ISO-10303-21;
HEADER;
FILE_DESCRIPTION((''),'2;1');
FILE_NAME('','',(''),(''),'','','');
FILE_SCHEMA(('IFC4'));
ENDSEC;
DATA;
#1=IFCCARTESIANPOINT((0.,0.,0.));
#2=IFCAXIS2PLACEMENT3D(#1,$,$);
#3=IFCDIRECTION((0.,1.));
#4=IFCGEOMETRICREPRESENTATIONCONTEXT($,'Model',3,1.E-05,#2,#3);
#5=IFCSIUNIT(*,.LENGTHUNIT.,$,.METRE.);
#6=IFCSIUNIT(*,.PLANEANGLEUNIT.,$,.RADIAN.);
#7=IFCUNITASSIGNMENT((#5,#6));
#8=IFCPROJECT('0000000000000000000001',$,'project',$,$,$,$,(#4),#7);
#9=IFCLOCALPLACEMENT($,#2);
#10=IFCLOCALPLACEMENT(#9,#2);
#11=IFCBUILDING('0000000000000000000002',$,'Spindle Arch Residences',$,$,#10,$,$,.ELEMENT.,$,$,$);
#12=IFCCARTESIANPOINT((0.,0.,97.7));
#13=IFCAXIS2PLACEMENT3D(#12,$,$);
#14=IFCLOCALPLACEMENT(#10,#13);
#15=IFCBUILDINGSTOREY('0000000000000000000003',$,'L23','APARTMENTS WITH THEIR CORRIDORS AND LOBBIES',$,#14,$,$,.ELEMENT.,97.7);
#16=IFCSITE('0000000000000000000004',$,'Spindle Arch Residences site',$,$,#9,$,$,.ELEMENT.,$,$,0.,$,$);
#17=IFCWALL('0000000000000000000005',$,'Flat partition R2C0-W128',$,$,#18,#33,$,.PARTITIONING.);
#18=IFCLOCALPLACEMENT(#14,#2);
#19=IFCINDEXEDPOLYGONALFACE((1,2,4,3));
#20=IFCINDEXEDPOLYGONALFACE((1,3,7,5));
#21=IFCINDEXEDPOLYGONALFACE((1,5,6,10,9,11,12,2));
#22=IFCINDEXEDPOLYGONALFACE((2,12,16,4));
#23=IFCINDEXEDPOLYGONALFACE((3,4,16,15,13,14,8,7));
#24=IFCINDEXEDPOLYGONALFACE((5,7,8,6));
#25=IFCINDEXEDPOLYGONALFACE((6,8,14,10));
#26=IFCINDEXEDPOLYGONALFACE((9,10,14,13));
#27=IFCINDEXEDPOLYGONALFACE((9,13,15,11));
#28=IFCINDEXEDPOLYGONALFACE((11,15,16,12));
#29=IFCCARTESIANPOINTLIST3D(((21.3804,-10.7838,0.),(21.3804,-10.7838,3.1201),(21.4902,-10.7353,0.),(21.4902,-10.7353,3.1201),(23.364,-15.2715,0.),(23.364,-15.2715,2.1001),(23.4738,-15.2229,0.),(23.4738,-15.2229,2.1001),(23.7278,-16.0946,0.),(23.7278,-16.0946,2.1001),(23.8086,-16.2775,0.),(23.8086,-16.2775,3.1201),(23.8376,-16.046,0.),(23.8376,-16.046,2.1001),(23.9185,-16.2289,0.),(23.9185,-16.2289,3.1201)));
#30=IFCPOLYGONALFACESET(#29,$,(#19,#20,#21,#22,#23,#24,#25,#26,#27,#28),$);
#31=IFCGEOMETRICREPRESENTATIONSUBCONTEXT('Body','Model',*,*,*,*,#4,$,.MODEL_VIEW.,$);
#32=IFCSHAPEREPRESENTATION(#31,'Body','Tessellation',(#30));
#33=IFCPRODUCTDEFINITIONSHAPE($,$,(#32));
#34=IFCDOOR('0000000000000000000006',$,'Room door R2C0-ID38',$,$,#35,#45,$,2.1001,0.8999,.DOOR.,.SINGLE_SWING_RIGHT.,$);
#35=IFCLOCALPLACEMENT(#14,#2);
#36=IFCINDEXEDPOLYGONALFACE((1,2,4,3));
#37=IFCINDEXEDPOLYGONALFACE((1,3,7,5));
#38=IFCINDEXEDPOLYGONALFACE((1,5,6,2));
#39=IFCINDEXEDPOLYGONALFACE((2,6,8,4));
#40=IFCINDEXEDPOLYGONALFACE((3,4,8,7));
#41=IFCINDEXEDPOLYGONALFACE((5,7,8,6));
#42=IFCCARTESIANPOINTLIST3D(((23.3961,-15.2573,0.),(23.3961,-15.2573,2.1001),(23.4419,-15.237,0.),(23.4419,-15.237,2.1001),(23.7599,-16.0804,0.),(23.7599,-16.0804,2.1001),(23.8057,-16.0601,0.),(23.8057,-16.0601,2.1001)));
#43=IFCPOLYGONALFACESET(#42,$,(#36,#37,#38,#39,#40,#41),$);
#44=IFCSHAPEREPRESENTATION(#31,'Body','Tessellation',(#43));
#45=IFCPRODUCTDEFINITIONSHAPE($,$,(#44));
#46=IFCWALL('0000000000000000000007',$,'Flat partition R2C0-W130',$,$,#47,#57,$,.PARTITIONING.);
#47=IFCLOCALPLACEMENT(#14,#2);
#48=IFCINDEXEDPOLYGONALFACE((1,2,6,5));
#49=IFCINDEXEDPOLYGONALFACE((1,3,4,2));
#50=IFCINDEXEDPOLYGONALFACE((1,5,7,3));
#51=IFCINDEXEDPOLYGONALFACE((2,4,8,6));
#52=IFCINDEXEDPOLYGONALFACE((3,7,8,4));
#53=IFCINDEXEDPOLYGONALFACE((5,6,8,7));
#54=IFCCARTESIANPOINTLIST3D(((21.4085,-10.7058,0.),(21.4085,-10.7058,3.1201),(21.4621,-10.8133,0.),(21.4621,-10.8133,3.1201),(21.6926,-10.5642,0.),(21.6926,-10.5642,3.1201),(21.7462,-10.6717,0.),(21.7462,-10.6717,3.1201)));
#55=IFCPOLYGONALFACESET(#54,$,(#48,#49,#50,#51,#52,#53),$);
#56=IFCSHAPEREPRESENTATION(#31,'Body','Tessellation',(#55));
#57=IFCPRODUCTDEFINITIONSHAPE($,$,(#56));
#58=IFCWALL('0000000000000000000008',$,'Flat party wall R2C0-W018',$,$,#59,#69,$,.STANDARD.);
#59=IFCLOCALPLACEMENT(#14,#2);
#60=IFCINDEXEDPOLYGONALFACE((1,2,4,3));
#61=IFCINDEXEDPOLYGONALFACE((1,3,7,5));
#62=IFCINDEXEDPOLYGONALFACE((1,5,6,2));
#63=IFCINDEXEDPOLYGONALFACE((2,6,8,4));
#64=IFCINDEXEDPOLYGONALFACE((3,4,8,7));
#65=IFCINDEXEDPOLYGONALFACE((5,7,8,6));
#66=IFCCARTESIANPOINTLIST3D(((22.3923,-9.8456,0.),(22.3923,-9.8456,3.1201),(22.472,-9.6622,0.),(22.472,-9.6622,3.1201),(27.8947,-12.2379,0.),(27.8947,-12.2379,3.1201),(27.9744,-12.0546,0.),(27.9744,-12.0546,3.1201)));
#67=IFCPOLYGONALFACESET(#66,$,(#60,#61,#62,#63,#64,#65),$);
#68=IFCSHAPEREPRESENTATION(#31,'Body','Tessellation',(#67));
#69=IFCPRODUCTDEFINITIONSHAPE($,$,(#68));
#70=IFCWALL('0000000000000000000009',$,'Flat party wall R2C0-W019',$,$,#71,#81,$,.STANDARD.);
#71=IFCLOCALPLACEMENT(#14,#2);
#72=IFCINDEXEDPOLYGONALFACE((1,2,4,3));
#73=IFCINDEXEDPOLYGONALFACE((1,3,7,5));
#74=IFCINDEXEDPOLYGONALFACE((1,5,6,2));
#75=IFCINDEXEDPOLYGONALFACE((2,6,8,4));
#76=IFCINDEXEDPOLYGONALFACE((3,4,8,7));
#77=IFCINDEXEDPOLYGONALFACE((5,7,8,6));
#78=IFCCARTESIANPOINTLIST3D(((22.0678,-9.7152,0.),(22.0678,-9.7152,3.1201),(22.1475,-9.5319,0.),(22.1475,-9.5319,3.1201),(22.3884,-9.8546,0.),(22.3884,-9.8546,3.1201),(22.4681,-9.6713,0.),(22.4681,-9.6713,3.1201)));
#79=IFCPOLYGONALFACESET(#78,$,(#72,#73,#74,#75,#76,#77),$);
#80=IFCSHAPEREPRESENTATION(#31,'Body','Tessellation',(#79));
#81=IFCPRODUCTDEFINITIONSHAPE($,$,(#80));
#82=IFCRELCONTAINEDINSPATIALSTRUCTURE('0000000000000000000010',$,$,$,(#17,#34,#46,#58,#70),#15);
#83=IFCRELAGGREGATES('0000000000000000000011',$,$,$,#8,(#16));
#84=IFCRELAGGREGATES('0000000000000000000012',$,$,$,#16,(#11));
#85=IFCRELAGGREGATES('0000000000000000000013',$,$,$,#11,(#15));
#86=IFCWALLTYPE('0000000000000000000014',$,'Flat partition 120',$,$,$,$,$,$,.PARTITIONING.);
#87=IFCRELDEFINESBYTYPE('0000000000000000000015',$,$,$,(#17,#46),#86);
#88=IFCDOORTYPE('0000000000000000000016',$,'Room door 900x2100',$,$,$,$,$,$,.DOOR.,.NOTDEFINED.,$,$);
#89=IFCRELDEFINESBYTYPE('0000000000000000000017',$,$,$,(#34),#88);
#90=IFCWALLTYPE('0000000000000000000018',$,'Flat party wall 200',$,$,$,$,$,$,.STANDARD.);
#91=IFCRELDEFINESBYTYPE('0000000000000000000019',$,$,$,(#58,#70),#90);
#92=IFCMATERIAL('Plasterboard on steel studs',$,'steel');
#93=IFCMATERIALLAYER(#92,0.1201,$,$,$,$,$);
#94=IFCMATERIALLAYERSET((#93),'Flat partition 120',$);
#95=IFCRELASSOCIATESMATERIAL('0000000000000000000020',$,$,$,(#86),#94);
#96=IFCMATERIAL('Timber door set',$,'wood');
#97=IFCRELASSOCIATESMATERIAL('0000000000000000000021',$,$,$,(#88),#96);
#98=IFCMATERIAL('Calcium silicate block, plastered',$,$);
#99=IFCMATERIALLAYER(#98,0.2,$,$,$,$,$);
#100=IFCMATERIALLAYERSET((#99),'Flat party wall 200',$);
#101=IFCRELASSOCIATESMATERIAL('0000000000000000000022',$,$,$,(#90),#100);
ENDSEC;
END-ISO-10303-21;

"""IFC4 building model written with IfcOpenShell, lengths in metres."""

from ifc_helpers import new_model, si_unit, direction, frame, frame_2d, origin, place, context, subcontext, project, spatial, rectangle, extrude, material, layer, layer_set, type_object, element, fill, save


model = new_model("IFC4")

# Units and contexts
model_context = context("Model", 3, precision=1e-05, world=origin(), true_north=direction((0.0, 1.0)))
body_context = subcontext(model_context, "Body", "Model", "MODEL_VIEW")
ifc_project = project(units=[si_unit("LENGTHUNIT", "METRE"), si_unit("PLANEANGLEUNIT", "RADIAN")], contexts=[model_context])

# Site, building, storey
site_placement = place(None, origin())
site = spatial("IfcSite", under=ifc_project, at=site_placement, Name="Spindle Arch Residences site", CompositionType="ELEMENT", RefElevation=0.0)
building_placement = place(site_placement, origin())
building = spatial("IfcBuilding", under=site, at=building_placement, Name="Spindle Arch Residences", CompositionType="ELEMENT")
storey_placement = place(building_placement, frame((0.0, 0.0, 97.7)))
storey = spatial("IfcBuildingStorey", under=building, at=storey_placement, Name="L23", Description="APARTMENTS WITH THEIR CORRIDORS AND LOBBIES", CompositionType="ELEMENT", Elevation=97.7)

# Shared definitions
ifc_material_1 = material(Name="Plasterboard on steel studs", Category="steel")
ifc_layer_1 = layer(ifc_material_1, 0.1201)
ifc_layer_set_1 = layer_set([ifc_layer_1], Name="Flat partition 120")
wall_type_1 = type_object("IfcWallType", Name="Flat partition 120", PredefinedType="PARTITIONING", material=ifc_layer_set_1)

# Shared definitions
ifc_material_2 = material(Name="Timber door set", Category="wood")
door_type = type_object("IfcDoorType", Name="Room door 900x2100", OperationType="NOTDEFINED", PredefinedType="DOOR", material=ifc_material_2)

# Wall, opening, door
wall_1_placement = place(storey_placement, frame((23.8635, -16.2532, 0.0), z_axis=(0.0, 0.0, 1.0), x_axis=(-0.404275, 0.914638, 0.0)))
wall_1 = element("IfcWall", 1, at=wall_1_placement, inside=storey, type_object=wall_type_1, Name="Flat partition R2C0-W128", PredefinedType="PARTITIONING", context=body_context, shape_type="SweptSolid", body=[
    extrude(rectangle(XDim=6.0063, YDim=0.1201, at=frame_2d((3.0032, 0.0))), origin(), (0.0, 0.0, 1.0), 3.1201),
])
opening_1_placement = place(wall_1_placement, frame((0.2, 0.0, 0.0)))
opening_1 = element("IfcOpeningElement", 2, at=opening_1_placement, cuts=wall_1, PredefinedType="OPENING", context=body_context, shape_type="SweptSolid", body=[
    extrude(rectangle(XDim=0.8999, YDim=2.1001, at=frame_2d((0.45, 1.05))), frame((0.0, 0.0701, 0.0), z_axis=(0.0, -1.0, 0.0), x_axis=(1.0, 0.0, 0.0)), (0.0, 0.0, 1.0), 0.1401),
])
door_1_placement = place(opening_1_placement, origin())
door_1 = element("IfcDoor", 3, at=door_1_placement, inside=storey, type_object=door_type, Name="Room door R2C0-ID38", OperationType="SINGLE_SWING_RIGHT", OverallHeight=2.1001, OverallWidth=0.8999, PredefinedType="DOOR", context=body_context, shape_type="SweptSolid", body=[
    extrude(rectangle(XDim=0.8999, YDim=2.1001, at=frame_2d((0.45, 1.05))), frame((0.0, 0.0249, 0.0), z_axis=(0.0, -1.0, 0.0), x_axis=(1.0, 0.0, 0.0)), (0.0, 0.0, 1.0), 0.05),
])
fill(opening_1, door_1)

# Walls
wall_2_placement = place(storey_placement, frame((21.4353, -10.7595, 0.0), z_axis=(0.0, 0.0, 1.0), x_axis=(0.895041, 0.445983, 0.0)))
element("IfcWall", 4, at=wall_2_placement, inside=storey, type_object=wall_type_1, Name="Flat partition R2C0-W130", PredefinedType="PARTITIONING", context=body_context, shape_type="SweptSolid", body=[
    extrude(rectangle(XDim=0.3174, YDim=0.1201, at=frame_2d((0.1587, 0.0))), origin(), (0.0, 0.0, 1.0), 3.1201),
])
ifc_material_3 = material(Name="Calcium silicate block, plastered")
ifc_layer_2 = layer(ifc_material_3, 0.2)
ifc_layer_set_2 = layer_set([ifc_layer_2], Name="Flat party wall 200")
wall_type_2 = type_object("IfcWallType", Name="Flat party wall 200", PredefinedType="STANDARD", material=ifc_layer_set_2)
wall_3_placement = place(storey_placement, frame((22.4321, -9.7539, 0.0), z_axis=(0.0, 0.0, 1.0), x_axis=(0.917072, -0.398722, 0.0)))
element("IfcWall", 5, at=wall_3_placement, inside=storey, type_object=wall_type_2, Name="Flat party wall R2C0-W018", PredefinedType="STANDARD", context=body_context, shape_type="SweptSolid", body=[
    extrude(rectangle(XDim=6.0, YDim=0.2, at=frame_2d((3.0, 0.0))), origin(), (0.0, 0.0, 1.0), 3.1201),
])
wall_4_placement = place(storey_placement, frame((22.1077, -9.6235, 0.0), z_axis=(0.0, 0.0, 1.0), x_axis=(0.917037, -0.398803, 0.0)))
element("IfcWall", 6, at=wall_4_placement, inside=storey, type_object=wall_type_2, Name="Flat party wall R2C0-W019", PredefinedType="STANDARD", context=body_context, shape_type="SweptSolid", body=[
    extrude(rectangle(XDim=0.3496, YDim=0.2, at=frame_2d((0.1748, 0.0))), origin(), (0.0, 0.0, 1.0), 3.1201),
])

save(model, "model.ifc")
